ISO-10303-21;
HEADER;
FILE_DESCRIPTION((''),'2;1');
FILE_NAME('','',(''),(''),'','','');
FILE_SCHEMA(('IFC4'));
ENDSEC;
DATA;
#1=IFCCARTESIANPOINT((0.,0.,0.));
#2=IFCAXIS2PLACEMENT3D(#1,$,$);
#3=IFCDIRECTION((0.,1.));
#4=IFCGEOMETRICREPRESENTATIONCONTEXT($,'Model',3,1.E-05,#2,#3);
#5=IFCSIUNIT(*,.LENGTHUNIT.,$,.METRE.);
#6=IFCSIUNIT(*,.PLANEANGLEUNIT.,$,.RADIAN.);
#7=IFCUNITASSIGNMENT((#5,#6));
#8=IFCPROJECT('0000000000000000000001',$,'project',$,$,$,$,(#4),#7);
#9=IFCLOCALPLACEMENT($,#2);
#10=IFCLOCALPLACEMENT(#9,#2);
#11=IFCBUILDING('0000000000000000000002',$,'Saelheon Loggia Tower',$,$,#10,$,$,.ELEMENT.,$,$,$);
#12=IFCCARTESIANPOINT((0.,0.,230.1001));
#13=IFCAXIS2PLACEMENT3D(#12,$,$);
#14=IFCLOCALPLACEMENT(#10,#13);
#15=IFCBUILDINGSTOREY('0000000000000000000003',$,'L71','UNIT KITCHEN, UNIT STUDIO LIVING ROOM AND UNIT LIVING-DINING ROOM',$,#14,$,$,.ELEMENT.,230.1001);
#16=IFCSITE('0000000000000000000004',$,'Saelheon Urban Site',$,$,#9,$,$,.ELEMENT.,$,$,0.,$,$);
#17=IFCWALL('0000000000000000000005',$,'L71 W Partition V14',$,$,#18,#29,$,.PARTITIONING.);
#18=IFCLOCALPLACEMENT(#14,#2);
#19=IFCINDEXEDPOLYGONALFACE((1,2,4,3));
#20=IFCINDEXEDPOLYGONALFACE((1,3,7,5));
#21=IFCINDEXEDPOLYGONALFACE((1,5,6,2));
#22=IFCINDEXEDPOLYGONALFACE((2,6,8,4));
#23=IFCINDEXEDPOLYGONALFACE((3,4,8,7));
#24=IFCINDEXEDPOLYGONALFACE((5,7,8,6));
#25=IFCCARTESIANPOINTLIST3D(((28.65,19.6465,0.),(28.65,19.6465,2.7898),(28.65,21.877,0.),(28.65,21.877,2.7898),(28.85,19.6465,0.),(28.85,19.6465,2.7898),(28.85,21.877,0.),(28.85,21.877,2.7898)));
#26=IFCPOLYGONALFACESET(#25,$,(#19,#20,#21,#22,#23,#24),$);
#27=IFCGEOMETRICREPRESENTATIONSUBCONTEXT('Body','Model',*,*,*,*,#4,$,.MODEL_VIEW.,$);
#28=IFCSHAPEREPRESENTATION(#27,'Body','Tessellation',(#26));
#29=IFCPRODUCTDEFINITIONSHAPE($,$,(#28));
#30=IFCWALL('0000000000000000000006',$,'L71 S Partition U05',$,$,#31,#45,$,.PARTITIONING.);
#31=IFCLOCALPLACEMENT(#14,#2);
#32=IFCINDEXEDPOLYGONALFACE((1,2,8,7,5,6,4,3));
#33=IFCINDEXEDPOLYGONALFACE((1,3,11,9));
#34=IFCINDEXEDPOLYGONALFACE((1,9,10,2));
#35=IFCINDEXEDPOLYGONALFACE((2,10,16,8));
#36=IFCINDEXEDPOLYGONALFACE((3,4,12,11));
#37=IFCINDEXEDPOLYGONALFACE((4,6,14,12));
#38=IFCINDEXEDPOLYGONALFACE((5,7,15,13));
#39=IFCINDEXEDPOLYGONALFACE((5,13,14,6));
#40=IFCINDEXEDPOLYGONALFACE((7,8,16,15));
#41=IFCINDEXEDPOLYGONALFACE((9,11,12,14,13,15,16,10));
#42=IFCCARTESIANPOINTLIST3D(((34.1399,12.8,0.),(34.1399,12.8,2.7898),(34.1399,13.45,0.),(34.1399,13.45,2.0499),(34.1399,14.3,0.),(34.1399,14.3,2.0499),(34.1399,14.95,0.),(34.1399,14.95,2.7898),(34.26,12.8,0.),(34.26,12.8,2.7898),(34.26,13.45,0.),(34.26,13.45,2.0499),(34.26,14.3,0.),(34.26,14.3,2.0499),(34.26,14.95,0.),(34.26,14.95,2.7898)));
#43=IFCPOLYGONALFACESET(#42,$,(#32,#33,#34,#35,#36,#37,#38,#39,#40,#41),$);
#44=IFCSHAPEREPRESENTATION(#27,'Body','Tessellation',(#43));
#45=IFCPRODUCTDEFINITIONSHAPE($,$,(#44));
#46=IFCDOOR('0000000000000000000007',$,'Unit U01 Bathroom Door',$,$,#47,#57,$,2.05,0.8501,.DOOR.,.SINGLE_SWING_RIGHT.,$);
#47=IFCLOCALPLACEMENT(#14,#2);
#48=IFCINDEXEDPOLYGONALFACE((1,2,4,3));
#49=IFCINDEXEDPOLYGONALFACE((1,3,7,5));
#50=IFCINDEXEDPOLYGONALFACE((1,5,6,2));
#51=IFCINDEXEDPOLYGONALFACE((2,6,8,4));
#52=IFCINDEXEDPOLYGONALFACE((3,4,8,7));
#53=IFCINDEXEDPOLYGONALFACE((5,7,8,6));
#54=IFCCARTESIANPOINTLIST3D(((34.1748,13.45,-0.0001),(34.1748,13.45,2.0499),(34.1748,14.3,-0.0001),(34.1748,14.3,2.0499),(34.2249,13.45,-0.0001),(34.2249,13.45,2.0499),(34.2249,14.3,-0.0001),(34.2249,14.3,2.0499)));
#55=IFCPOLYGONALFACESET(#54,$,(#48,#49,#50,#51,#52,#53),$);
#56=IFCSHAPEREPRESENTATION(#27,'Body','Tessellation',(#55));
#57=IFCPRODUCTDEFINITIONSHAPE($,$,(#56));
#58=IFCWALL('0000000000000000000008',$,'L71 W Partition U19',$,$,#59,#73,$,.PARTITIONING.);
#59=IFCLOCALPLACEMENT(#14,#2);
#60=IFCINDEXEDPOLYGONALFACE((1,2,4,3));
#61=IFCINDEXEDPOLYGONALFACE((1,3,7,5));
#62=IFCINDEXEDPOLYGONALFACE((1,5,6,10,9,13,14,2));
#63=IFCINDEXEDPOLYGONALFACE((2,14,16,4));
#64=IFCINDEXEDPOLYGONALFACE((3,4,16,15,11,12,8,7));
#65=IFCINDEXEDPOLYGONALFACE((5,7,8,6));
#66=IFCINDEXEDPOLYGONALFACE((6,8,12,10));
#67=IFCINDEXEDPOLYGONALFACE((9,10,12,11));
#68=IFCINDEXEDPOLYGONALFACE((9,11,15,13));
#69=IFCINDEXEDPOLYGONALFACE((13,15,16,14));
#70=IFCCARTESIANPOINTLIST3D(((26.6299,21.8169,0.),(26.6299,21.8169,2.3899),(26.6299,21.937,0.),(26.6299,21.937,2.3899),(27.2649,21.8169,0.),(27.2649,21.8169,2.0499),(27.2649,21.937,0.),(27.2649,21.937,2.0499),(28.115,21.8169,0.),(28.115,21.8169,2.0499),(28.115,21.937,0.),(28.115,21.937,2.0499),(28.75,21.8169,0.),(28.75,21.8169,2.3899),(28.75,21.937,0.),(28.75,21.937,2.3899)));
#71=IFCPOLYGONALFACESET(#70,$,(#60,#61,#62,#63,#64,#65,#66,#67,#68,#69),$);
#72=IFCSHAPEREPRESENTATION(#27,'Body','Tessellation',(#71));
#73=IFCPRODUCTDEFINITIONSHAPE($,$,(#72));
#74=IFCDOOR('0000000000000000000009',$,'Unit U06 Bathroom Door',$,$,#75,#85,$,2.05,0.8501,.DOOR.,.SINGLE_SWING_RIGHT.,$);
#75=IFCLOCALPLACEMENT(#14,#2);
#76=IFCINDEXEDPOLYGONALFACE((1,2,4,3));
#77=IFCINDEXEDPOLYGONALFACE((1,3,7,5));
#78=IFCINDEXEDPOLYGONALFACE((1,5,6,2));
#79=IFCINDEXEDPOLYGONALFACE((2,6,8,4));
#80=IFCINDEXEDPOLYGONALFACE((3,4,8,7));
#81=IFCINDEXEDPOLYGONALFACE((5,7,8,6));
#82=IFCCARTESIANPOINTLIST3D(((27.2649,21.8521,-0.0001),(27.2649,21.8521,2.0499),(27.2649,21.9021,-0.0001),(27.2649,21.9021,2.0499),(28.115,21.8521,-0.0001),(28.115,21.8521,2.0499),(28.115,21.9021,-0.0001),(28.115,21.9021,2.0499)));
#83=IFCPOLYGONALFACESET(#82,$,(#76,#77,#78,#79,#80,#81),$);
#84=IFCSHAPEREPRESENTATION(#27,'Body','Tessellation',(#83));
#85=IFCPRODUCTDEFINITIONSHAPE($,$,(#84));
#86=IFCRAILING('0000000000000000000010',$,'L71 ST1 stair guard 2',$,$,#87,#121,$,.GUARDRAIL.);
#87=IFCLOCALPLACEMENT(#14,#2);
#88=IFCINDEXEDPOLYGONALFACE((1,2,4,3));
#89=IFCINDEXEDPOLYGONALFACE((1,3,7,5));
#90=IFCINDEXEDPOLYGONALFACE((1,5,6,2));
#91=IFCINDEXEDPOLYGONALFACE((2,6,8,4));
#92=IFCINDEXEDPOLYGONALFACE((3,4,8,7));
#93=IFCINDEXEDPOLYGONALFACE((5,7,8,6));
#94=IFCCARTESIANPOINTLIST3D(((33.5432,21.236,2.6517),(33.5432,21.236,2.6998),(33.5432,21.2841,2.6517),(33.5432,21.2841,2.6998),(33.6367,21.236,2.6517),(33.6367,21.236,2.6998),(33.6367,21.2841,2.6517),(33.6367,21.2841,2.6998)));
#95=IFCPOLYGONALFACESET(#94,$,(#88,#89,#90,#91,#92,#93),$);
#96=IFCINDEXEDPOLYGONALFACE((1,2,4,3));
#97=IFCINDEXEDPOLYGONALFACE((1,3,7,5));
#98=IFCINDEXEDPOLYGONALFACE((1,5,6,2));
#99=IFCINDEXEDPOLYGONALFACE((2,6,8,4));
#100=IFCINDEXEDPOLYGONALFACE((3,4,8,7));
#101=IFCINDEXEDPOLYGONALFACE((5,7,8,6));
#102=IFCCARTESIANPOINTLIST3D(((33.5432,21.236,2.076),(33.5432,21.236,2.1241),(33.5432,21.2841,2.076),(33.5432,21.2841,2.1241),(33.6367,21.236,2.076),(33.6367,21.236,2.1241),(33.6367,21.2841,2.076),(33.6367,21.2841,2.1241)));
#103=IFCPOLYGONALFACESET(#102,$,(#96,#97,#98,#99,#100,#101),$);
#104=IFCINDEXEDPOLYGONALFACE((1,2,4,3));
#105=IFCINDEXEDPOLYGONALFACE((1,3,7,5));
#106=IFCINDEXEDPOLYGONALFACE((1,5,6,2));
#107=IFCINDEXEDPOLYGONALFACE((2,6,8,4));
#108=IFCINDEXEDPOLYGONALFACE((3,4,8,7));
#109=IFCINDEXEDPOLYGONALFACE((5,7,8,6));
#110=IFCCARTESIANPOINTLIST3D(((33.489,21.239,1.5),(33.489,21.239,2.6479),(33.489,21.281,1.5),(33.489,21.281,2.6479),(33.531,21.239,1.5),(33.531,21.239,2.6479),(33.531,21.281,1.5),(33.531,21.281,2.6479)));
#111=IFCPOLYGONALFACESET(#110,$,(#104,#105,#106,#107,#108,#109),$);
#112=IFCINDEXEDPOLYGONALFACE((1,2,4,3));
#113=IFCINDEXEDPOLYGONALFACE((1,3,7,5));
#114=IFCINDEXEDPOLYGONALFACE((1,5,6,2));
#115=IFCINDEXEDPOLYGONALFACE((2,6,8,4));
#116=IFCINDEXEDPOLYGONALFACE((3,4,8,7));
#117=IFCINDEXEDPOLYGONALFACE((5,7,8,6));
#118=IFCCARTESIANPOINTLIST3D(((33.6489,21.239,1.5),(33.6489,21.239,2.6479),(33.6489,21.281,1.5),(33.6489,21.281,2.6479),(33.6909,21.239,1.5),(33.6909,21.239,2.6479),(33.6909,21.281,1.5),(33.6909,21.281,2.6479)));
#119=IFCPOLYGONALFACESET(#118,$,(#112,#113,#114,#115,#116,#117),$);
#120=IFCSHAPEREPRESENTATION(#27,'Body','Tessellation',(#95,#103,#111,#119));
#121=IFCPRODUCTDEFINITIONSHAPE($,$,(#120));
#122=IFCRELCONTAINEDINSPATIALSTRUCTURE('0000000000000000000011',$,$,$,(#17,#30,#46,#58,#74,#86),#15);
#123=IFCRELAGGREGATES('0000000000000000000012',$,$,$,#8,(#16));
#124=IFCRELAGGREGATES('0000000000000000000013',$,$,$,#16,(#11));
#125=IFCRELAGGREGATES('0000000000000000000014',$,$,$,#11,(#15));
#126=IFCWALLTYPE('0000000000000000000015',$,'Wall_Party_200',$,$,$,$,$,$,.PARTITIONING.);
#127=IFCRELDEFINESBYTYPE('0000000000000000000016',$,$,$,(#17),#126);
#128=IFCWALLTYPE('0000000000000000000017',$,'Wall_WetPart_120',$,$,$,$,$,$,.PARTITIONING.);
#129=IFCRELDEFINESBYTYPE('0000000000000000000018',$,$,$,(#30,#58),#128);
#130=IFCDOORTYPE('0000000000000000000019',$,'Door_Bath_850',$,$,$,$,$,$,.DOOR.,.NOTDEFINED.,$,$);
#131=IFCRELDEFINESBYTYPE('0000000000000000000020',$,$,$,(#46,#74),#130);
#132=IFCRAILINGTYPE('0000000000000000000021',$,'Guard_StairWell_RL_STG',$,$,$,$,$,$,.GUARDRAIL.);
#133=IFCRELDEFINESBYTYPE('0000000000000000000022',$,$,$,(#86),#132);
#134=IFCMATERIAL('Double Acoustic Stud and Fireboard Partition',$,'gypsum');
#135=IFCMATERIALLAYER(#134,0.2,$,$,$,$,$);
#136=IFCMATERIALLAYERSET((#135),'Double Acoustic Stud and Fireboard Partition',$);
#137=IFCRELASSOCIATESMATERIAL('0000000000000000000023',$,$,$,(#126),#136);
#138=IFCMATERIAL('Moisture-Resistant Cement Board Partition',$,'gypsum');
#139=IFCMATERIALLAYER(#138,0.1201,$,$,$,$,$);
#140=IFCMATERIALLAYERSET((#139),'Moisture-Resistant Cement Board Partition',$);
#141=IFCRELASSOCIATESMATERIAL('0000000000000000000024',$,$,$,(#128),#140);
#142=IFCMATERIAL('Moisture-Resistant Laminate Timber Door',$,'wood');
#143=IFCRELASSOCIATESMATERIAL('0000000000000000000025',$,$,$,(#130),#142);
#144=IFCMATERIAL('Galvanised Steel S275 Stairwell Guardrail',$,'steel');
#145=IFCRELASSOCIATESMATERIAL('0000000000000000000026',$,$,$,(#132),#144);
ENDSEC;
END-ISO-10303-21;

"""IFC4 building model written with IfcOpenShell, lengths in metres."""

from ifc_helpers import new_model, si_unit, direction, frame, frame_2d, origin, origin_2d, place, context, subcontext, project, spatial, rectangle, extrude, source, transform, mapped, material, layer, layer_set, type_object, element, fill, save


model = new_model("IFC4")

# Units and contexts
model_context = context("Model", 3, precision=1e-05, world=origin(), true_north=direction((0.0, 1.0)))
body_context = subcontext(model_context, "Body", "Model", "MODEL_VIEW")
ifc_project = project(units=[si_unit("LENGTHUNIT", "METRE"), si_unit("PLANEANGLEUNIT", "RADIAN")], contexts=[model_context])

# Site, building, storey
site_placement = place(None, origin())
site = spatial("IfcSite", under=ifc_project, at=site_placement, Name="Saelheon Urban Site", CompositionType="ELEMENT", RefElevation=0.0)
building_placement = place(site_placement, origin())
building = spatial("IfcBuilding", under=site, at=building_placement, Name="Saelheon Loggia Tower", CompositionType="ELEMENT")
storey_placement = place(building_placement, frame((0.0, 0.0, 230.1001)))
storey = spatial("IfcBuildingStorey", under=building, at=storey_placement, Name="L71", Description="UNIT KITCHEN, UNIT STUDIO LIVING ROOM AND UNIT LIVING-DINING ROOM", CompositionType="ELEMENT", Elevation=230.1001)

# Shared definitions
ifc_material_1 = material(Name="Double Acoustic Stud and Fireboard Partition", Category="gypsum")
ifc_layer_1 = layer(ifc_material_1, 0.2)
ifc_layer_set_1 = layer_set([ifc_layer_1], Name="Double Acoustic Stud and Fireboard Partition")
wall_type_1 = type_object("IfcWallType", Name="Wall_Party_200", PredefinedType="PARTITIONING", material=ifc_layer_set_1)

# Wall
wall_1_placement = place(storey_placement, frame((28.75, 19.6465, 0.0), z_axis=(0.0, 0.0, 1.0), x_axis=(0.0, 1.0, 0.0)))
element("IfcWall", 1, at=wall_1_placement, inside=storey, type_object=wall_type_1, Name="L71 W Partition V14", PredefinedType="PARTITIONING", context=body_context, shape_type="SweptSolid", body=[
    extrude(rectangle(XDim=2.2305, YDim=0.2, at=frame_2d((1.1152, 0.0))), origin(), (0.0, 0.0, 1.0), 2.7898),
])

# Walls, openings, doors
ifc_material_2 = material(Name="Moisture-Resistant Cement Board Partition", Category="gypsum")
ifc_layer_2 = layer(ifc_material_2, 0.1201)
ifc_layer_set_2 = layer_set([ifc_layer_2], Name="Moisture-Resistant Cement Board Partition")
wall_type_2 = type_object("IfcWallType", Name="Wall_WetPart_120", PredefinedType="PARTITIONING", material=ifc_layer_set_2)
wall_2_placement = place(storey_placement, frame((34.2, 14.95, 0.0), z_axis=(0.0, 0.0, 1.0), x_axis=(0.0, -1.0, 0.0)))
wall_2 = element("IfcWall", 2, at=wall_2_placement, inside=storey, type_object=wall_type_2, Name="L71 S Partition U05", PredefinedType="PARTITIONING", context=body_context, shape_type="SweptSolid", body=[
    extrude(rectangle(XDim=2.1499, YDim=0.1201, at=frame_2d((1.075, 0.0))), origin(), (0.0, 0.0, 1.0), 2.7898),
])
opening_1_placement = place(wall_2_placement, frame((0.6499, 0.0, 0.0)))
opening_1 = element("IfcOpeningElement", 3, at=opening_1_placement, cuts=wall_2, PredefinedType="OPENING", context=body_context, shape_type="SweptSolid", body=[
    extrude(rectangle(XDim=0.8501, YDim=2.05, at=frame_2d((0.425, 1.0249))), frame((0.0, 0.072, 0.0), z_axis=(0.0, -1.0, 0.0), x_axis=(1.0, 0.0, 0.0)), (0.0, 0.0, 1.0), 0.144),
])
ifc_material_3 = material(Name="Moisture-Resistant Laminate Timber Door", Category="wood")
door_type_1 = type_object("IfcDoorType", Name="Door_Bath_850", OperationType="NOTDEFINED", PredefinedType="DOOR", material=ifc_material_3)
shared_shape_1 = source(origin(), body_context, "Body", "SweptSolid", [
    extrude(rectangle(XDim=0.8501, YDim=2.05, at=frame_2d((0.425, 1.0249))), frame((0.0, 0.0249, 0.0), z_axis=(0.0, -1.0, 0.0), x_axis=(1.0, 0.0, 0.0)), (0.0, 0.0, 1.0), 0.05),
])
door_1_placement = place(opening_1_placement, origin())
door_1 = element("IfcDoor", 4, at=door_1_placement, inside=storey, type_object=door_type_1, Name="Unit U01 Bathroom Door", OperationType="SINGLE_SWING_RIGHT", OverallHeight=2.05, OverallWidth=0.8501, PredefinedType="DOOR", context=body_context, shape_type="MappedRepresentation", body=[
    mapped(shared_shape_1, transform((0.0, 0.0, 0.0), scale=1.0)),
])
fill(opening_1, door_1)
wall_3_placement = place(storey_placement, frame((28.75, 21.877, 0.0), z_axis=(0.0, 0.0, 1.0), x_axis=(-1.0, 0.0, 0.0)))
wall_3 = element("IfcWall", 5, at=wall_3_placement, inside=storey, type_object=wall_type_2, Name="L71 W Partition U19", PredefinedType="PARTITIONING", context=body_context, shape_type="SweptSolid", body=[
    extrude(rectangle(XDim=2.1201, YDim=0.1201, at=frame_2d((1.0601, 0.0))), origin(), (0.0, 0.0, 1.0), 2.3899),
])
opening_2_placement = place(wall_3_placement, frame((0.635, 0.0, 0.0)))
opening_2 = element("IfcOpeningElement", 6, at=opening_2_placement, cuts=wall_3, PredefinedType="OPENING", context=body_context, shape_type="SweptSolid", body=[
    extrude(rectangle(XDim=0.8501, YDim=2.05, at=frame_2d((0.425, 1.0249))), frame((0.0, 0.072, 0.0), z_axis=(0.0, -1.0, 0.0), x_axis=(1.0, 0.0, 0.0)), (0.0, 0.0, 1.0), 0.144),
])
door_2_placement = place(opening_2_placement, origin())
door_2 = element("IfcDoor", 7, at=door_2_placement, inside=storey, type_object=door_type_1, Name="Unit U06 Bathroom Door", OperationType="SINGLE_SWING_RIGHT", OverallHeight=2.05, OverallWidth=0.8501, PredefinedType="DOOR", context=body_context, shape_type="MappedRepresentation", body=[
    mapped(shared_shape_1, transform((0.0, 0.0, 0.0), scale=1.0)),
])
fill(opening_2, door_2)

# Railing
ifc_material_4 = material(Name="Galvanised Steel S275 Stairwell Guardrail", Category="steel")
railing_type = type_object("IfcRailingType", Name="Guard_StairWell_RL_STG", PredefinedType="GUARDRAIL", material=ifc_material_4)
railing_1_placement = place(storey_placement, frame((33.51, 21.26, 1.5)))
element("IfcRailing", 8, at=railing_1_placement, inside=storey, type_object=railing_type, Name="L71 ST1 stair guard 2", PredefinedType="GUARDRAIL", context=body_context, shape_type="SweptSolid", body=[
    extrude(rectangle(XDim=0.0481, YDim=0.0481, at=origin_2d()), frame((0.0332, 0.0, 1.1758), z_axis=(1.0, 0.0, 0.0), x_axis=(0.0, 1.0, 0.0)), (0.0, 0.0, 1.0), 0.0935),
    extrude(rectangle(XDim=0.0481, YDim=0.0481, at=origin_2d()), frame((0.0332, 0.0, 0.6001), z_axis=(1.0, 0.0, 0.0), x_axis=(0.0, 1.0, 0.0)), (0.0, 0.0, 1.0), 0.0935),
    extrude(rectangle(XDim=0.042, YDim=0.042, at=origin_2d()), origin(), (0.0, 0.0, 1.0), 1.1479),
    extrude(rectangle(XDim=0.042, YDim=0.042, at=origin_2d()), frame((0.1599, 0.0, 0.0)), (0.0, 0.0, 1.0), 1.1479),
])

save(model, "model.ifc")
